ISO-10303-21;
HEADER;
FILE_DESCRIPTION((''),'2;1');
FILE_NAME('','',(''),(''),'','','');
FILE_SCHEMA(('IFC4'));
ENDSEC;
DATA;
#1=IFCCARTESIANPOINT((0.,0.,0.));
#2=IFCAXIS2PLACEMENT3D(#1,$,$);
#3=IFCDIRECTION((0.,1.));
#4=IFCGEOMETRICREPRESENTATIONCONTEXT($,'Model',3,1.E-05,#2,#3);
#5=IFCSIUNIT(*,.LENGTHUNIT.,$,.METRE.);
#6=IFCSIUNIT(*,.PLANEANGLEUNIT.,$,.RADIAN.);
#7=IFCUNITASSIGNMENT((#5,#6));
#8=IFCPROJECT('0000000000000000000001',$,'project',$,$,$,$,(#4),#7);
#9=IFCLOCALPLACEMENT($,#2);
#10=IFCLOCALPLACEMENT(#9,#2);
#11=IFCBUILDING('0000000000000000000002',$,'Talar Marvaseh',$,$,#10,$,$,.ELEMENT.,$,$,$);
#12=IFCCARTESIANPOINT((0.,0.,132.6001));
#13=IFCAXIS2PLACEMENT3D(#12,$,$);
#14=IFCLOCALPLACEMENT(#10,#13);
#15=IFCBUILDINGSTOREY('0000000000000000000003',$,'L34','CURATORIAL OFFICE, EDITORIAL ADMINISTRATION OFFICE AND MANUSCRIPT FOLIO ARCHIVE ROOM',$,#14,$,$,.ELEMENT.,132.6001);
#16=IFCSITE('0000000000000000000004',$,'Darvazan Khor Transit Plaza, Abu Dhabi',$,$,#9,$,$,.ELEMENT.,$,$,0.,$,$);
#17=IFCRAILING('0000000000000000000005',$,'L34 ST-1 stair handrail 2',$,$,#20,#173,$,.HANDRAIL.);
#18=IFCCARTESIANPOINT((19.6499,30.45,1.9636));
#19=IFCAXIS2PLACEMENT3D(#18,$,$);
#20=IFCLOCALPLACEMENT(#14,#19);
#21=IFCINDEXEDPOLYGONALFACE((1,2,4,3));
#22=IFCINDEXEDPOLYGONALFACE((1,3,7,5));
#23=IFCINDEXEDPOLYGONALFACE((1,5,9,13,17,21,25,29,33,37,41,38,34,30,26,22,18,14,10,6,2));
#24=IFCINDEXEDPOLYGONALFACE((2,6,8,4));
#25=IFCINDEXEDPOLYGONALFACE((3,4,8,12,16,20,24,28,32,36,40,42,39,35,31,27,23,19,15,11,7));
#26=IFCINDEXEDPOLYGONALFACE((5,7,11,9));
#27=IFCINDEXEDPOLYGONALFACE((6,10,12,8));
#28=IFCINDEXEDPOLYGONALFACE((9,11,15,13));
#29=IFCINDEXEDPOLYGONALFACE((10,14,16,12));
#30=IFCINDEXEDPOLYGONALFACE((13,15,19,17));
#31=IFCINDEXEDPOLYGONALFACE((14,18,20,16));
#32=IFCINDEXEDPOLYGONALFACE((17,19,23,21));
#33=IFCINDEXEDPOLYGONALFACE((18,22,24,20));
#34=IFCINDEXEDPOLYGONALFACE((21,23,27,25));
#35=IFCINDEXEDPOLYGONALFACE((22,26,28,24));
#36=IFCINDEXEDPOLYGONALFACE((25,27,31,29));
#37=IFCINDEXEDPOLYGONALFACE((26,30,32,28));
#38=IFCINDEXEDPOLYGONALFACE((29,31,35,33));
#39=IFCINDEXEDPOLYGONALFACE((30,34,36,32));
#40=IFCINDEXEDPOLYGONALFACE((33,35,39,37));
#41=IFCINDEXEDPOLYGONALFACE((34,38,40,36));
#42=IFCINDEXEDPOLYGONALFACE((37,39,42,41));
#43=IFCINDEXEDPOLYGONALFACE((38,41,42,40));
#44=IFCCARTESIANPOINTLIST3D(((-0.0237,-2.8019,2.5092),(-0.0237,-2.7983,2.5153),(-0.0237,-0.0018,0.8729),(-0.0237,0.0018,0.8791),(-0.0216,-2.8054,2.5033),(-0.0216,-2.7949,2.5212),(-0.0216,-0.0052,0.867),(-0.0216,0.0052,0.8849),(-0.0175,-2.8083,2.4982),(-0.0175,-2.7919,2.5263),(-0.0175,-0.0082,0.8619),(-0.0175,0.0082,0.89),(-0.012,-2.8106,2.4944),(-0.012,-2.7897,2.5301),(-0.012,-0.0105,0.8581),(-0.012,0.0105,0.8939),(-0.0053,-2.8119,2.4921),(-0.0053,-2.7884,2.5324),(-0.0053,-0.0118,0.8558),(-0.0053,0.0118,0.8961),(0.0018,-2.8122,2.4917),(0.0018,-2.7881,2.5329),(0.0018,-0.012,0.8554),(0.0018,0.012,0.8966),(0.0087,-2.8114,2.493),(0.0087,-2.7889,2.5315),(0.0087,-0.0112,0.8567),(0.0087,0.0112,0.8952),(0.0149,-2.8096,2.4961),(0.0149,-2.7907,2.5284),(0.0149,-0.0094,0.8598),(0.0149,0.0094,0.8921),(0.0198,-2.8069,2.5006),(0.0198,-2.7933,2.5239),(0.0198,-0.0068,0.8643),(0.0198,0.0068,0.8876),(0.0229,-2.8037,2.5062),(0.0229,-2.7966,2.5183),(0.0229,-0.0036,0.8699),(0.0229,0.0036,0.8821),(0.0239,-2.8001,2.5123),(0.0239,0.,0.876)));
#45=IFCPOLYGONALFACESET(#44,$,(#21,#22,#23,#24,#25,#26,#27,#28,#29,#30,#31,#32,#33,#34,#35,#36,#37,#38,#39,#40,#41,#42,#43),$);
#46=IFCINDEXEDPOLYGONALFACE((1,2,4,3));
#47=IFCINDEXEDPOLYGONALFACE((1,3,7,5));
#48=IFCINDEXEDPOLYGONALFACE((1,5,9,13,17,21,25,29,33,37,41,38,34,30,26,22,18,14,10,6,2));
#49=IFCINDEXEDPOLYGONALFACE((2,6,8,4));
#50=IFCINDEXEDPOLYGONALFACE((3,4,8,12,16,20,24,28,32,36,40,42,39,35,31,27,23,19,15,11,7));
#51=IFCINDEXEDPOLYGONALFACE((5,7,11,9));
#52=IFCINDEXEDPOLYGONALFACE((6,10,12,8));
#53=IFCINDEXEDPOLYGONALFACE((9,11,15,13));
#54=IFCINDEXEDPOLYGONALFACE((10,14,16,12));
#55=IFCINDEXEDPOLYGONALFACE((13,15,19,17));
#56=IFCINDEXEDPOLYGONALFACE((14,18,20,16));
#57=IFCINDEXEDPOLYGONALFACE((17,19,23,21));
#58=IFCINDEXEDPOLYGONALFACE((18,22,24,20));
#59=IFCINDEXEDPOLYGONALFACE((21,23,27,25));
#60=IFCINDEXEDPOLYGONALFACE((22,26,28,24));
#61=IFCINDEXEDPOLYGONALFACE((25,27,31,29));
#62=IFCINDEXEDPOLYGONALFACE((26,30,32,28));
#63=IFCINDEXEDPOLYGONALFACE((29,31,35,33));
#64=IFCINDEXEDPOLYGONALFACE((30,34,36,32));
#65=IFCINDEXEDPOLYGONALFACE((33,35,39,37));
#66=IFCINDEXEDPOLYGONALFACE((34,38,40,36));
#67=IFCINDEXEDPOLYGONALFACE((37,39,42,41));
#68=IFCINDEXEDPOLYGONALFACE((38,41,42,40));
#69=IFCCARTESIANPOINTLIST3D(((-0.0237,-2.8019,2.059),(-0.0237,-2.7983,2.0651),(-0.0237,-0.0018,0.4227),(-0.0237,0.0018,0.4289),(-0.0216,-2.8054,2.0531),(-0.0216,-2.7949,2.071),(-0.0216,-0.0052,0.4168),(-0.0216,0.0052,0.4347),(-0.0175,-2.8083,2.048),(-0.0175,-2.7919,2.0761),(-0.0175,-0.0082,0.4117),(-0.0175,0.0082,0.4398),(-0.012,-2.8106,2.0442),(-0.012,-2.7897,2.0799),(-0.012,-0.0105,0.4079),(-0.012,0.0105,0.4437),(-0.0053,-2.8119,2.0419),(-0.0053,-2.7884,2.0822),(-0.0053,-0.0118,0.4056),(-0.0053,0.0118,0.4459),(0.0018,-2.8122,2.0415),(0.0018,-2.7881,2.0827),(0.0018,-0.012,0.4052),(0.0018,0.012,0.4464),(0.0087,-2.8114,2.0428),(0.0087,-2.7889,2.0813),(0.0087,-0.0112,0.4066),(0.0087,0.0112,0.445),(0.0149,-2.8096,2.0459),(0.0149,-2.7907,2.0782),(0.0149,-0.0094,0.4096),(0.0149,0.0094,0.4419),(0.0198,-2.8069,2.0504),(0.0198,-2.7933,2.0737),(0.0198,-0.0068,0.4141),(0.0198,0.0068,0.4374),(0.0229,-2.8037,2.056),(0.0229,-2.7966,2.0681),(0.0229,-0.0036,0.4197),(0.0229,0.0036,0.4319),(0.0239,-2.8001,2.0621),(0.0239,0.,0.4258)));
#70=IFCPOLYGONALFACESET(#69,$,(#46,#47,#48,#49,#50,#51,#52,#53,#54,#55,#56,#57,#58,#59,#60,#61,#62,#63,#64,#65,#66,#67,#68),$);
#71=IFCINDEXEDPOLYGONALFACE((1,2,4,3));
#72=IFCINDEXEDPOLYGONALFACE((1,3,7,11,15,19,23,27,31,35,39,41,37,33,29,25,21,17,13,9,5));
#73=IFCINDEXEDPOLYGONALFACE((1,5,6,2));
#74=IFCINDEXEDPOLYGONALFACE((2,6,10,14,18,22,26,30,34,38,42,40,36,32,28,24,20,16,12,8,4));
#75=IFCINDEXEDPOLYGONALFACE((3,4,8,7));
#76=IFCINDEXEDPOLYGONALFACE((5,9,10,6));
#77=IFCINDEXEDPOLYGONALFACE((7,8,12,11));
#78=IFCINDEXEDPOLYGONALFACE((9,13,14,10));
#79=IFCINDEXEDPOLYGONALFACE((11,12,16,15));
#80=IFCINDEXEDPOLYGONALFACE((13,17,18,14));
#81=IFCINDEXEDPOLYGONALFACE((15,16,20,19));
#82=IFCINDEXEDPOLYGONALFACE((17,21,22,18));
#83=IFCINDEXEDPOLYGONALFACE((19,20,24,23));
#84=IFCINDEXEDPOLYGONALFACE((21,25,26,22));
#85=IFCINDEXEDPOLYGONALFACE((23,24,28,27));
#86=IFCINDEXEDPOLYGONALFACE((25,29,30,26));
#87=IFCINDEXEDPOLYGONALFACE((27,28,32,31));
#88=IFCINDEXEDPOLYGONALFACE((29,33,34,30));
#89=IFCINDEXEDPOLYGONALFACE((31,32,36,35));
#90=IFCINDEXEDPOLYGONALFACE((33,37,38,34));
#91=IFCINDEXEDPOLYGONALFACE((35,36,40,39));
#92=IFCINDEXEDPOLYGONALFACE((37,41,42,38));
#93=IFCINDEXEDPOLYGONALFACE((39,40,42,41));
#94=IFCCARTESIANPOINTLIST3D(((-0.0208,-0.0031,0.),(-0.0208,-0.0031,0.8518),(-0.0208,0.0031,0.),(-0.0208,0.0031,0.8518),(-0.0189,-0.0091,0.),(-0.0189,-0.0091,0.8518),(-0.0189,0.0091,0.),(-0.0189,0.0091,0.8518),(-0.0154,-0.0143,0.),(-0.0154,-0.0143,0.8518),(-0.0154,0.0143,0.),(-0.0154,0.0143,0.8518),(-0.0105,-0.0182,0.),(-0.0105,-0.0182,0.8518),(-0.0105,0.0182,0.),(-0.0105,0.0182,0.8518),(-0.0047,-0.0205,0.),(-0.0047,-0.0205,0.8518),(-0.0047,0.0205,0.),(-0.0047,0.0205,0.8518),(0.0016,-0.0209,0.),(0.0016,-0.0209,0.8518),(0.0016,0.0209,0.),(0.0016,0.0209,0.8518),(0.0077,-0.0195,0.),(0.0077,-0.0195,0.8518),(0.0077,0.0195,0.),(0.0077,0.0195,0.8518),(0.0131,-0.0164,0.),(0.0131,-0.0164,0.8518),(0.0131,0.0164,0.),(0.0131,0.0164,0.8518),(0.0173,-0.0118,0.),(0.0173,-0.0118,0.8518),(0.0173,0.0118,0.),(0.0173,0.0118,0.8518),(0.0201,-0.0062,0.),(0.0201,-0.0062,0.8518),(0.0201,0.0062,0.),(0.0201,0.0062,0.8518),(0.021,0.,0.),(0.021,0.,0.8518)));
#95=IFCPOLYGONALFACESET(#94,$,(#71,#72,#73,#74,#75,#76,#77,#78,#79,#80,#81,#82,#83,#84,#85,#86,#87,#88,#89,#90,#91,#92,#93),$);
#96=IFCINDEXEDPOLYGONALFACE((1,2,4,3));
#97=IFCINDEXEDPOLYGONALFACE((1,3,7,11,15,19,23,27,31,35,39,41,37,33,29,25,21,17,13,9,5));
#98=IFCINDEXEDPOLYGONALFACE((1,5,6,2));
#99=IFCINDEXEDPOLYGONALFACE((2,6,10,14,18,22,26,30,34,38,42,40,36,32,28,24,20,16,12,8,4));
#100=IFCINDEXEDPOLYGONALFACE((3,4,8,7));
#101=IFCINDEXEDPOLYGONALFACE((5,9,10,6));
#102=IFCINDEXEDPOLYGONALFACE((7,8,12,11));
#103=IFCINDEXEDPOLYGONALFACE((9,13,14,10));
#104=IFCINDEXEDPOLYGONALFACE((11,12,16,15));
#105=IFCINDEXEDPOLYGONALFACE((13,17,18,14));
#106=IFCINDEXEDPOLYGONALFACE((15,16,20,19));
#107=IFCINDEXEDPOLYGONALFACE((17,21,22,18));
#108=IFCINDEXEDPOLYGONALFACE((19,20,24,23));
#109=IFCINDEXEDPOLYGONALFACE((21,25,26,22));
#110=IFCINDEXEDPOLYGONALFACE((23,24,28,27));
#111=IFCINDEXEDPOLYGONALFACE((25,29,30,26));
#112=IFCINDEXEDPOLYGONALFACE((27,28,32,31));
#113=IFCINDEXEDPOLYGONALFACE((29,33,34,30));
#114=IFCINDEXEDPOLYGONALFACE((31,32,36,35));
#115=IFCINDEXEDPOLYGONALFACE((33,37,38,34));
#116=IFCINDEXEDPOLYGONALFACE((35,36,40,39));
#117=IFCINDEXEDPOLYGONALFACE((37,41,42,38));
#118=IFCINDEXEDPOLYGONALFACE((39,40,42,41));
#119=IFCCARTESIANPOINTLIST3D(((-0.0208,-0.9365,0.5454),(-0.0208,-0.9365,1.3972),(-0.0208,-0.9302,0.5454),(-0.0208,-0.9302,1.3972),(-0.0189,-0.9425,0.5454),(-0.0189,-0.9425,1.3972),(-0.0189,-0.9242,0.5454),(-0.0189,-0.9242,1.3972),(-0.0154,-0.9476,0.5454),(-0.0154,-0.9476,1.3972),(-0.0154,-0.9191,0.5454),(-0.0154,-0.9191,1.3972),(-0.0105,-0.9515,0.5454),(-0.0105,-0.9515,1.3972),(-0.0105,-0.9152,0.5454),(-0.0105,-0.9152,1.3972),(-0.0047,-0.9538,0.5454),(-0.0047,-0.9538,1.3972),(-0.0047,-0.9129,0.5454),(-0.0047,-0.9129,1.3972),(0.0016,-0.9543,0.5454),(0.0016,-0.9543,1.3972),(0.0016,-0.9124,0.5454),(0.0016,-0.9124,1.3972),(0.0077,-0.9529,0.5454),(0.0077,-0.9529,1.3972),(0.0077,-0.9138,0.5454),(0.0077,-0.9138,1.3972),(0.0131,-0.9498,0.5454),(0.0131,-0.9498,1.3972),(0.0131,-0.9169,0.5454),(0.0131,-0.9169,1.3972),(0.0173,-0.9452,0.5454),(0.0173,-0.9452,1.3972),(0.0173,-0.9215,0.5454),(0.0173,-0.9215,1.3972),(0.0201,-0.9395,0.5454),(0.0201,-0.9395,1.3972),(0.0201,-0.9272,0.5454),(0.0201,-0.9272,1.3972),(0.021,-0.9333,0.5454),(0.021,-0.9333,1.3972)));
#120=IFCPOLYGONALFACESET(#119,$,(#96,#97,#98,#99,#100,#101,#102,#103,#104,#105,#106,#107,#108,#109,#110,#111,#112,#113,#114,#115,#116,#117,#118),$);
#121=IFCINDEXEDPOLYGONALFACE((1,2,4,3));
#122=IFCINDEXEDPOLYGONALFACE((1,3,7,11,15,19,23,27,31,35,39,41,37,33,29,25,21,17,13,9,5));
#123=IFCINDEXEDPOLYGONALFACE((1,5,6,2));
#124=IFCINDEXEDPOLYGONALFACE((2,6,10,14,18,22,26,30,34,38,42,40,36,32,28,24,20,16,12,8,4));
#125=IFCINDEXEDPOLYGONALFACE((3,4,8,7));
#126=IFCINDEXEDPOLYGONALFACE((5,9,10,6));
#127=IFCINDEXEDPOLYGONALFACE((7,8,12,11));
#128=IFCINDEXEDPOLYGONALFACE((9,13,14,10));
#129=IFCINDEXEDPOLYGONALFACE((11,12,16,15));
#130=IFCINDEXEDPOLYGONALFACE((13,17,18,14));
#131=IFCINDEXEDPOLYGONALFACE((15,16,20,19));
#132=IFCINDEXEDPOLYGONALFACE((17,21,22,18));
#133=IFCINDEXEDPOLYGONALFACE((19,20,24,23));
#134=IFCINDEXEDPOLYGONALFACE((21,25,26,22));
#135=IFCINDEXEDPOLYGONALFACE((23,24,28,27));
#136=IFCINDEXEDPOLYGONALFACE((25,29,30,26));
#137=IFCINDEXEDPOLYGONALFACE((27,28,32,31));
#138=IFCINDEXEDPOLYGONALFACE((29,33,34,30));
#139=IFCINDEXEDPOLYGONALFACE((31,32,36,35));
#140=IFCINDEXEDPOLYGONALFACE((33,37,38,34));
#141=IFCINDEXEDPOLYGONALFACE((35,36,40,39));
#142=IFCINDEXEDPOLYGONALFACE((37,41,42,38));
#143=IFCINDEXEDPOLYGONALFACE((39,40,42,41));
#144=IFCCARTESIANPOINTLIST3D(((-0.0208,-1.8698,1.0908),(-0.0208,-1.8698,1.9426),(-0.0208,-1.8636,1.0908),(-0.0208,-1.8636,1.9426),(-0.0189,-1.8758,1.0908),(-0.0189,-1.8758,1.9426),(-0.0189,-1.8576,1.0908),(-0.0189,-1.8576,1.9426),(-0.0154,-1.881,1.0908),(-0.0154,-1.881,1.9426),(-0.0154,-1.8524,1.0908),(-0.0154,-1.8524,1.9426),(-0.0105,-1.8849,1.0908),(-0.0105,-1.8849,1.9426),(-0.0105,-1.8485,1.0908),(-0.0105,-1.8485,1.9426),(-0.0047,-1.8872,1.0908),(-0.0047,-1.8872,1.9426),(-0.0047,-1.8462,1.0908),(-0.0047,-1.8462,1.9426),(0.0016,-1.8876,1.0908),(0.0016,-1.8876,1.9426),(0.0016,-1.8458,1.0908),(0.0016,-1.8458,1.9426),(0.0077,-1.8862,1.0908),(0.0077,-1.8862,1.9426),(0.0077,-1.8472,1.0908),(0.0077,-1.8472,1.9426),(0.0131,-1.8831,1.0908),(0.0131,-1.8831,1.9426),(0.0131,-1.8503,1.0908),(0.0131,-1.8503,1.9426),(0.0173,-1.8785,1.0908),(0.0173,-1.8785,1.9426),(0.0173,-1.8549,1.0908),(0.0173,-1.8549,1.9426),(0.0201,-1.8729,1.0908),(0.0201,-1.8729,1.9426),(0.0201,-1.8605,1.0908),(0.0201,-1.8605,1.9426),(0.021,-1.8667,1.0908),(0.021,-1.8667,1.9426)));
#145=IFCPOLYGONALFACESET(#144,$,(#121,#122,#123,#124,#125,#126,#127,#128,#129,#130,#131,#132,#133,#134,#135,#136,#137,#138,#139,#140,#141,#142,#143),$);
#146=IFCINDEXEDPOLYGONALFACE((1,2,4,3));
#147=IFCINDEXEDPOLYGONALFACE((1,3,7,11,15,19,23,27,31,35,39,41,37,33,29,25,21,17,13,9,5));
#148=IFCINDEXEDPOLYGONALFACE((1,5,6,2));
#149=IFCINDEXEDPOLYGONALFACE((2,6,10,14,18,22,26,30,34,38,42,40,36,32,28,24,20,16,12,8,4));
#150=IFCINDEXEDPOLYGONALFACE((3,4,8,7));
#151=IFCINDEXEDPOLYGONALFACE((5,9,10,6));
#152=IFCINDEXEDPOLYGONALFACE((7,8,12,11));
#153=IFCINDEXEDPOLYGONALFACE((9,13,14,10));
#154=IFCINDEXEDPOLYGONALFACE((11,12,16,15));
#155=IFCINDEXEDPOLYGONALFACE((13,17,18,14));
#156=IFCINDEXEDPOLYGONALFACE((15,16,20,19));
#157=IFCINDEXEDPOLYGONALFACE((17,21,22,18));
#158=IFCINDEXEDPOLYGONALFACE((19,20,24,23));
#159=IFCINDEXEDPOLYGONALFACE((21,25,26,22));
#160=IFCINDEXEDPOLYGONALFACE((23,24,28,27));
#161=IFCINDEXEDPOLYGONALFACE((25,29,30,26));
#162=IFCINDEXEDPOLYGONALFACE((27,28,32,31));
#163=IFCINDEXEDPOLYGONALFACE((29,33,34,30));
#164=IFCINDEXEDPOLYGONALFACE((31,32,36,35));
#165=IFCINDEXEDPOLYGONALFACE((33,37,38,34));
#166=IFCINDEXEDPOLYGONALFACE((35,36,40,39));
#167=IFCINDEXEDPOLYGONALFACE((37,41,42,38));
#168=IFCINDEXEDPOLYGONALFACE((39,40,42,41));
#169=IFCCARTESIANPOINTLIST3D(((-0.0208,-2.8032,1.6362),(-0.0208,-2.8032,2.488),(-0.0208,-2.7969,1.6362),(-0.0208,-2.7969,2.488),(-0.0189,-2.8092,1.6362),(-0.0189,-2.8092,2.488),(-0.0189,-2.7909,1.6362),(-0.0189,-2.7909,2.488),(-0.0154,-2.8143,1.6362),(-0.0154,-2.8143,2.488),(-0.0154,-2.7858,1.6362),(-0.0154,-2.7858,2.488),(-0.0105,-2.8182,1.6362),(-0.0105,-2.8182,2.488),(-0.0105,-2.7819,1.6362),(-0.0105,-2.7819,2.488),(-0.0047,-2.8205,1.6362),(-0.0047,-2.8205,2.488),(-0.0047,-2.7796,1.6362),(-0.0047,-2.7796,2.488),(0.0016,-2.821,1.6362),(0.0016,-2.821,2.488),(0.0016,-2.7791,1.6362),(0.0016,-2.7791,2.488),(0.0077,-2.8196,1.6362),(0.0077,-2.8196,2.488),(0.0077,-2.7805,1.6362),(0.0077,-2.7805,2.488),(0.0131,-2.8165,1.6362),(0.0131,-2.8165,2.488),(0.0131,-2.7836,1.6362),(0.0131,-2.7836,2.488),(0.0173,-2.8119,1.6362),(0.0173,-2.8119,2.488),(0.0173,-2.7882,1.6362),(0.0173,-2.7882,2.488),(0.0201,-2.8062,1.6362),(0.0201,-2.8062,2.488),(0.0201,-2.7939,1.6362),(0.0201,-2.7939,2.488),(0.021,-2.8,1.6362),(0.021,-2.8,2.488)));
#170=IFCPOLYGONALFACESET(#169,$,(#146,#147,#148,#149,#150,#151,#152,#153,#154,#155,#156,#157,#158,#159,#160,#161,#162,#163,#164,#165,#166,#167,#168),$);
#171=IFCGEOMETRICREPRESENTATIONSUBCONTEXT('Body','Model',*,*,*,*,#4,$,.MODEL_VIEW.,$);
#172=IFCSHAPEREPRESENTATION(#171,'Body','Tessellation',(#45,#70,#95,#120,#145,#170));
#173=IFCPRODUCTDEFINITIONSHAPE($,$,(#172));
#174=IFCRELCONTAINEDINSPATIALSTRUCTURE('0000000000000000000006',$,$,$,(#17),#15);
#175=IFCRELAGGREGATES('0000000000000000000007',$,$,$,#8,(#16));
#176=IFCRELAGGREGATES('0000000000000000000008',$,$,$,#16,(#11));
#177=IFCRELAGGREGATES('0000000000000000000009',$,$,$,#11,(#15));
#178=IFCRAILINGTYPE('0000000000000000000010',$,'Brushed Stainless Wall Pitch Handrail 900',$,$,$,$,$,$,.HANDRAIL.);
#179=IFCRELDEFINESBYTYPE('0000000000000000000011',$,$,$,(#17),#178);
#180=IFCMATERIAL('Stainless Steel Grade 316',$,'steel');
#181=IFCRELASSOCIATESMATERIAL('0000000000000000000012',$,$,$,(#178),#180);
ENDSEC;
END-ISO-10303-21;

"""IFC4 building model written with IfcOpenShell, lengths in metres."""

from ifc_helpers import new_model, si_unit, direction, frame, origin, origin_2d, place, context, subcontext, project, spatial, circle, extrude, material, type_object, element, save


model = new_model("IFC4")

# Units and contexts
model_context = context("Model", 3, precision=1e-05, world=origin(), true_north=direction((0.0, 1.0)))
body_context = subcontext(model_context, "Body", "Model", "MODEL_VIEW")
ifc_project = project(units=[si_unit("LENGTHUNIT", "METRE"), si_unit("PLANEANGLEUNIT", "RADIAN")], contexts=[model_context])

# Site, building, storey
site_placement = place(None, origin())
site = spatial("IfcSite", under=ifc_project, at=site_placement, Name="Darvazan Khor Transit Plaza, Abu Dhabi", CompositionType="ELEMENT", RefElevation=0.0)
building_placement = place(site_placement, origin())
building = spatial("IfcBuilding", under=site, at=building_placement, Name="Talar Marvaseh", CompositionType="ELEMENT")
storey_placement = place(building_placement, frame((0.0, 0.0, 132.6001)))
storey = spatial("IfcBuildingStorey", under=building, at=storey_placement, Name="L34", Description="CURATORIAL OFFICE, EDITORIAL ADMINISTRATION OFFICE AND MANUSCRIPT FOLIO ARCHIVE ROOM", CompositionType="ELEMENT", Elevation=132.6001)

# Railing
ifc_material_1 = material(Name="Stainless Steel Grade 316", Category="steel")
railing_type_1 = type_object("IfcRailingType", Name="Brushed Stainless Wall Pitch Handrail 900", PredefinedType="HANDRAIL", material=ifc_material_1)
railing_1_placement = place(storey_placement, frame((19.6499, 30.45, 1.9636)))
element("IfcRailing", 1, at=railing_1_placement, inside=storey, type_object=railing_type_1, Name="L34 ST-1 stair handrail 2", PredefinedType="HANDRAIL", context=body_context, shape_type="SweptSolid", body=[
    extrude(circle(Radius=0.0239, at=origin_2d()), frame((0.0, 0.0, 0.876), z_axis=(0.0, -0.863394, 0.504531), x_axis=(1.0, 0.0, 0.0)), (0.0, 0.0, 1.0), 3.2432),
    extrude(circle(Radius=0.0239, at=origin_2d()), frame((0.0, 0.0, 0.4258), z_axis=(0.0, -0.863394, 0.504531), x_axis=(1.0, 0.0, 0.0)), (0.0, 0.0, 1.0), 3.2432),
    extrude(circle(Radius=0.021, at=origin_2d()), origin(), (0.0, 0.0, 1.0), 0.8518),
    extrude(circle(Radius=0.021, at=origin_2d()), frame((0.0, -0.9333, 0.5454)), (0.0, 0.0, 1.0), 0.8518),
    extrude(circle(Radius=0.021, at=origin_2d()), frame((0.0, -1.8667, 1.0908)), (0.0, 0.0, 1.0), 0.8518),
    extrude(circle(Radius=0.021, at=origin_2d()), frame((0.0, -2.8, 1.6362)), (0.0, 0.0, 1.0), 0.8518),
])

save(model, "model.ifc")
